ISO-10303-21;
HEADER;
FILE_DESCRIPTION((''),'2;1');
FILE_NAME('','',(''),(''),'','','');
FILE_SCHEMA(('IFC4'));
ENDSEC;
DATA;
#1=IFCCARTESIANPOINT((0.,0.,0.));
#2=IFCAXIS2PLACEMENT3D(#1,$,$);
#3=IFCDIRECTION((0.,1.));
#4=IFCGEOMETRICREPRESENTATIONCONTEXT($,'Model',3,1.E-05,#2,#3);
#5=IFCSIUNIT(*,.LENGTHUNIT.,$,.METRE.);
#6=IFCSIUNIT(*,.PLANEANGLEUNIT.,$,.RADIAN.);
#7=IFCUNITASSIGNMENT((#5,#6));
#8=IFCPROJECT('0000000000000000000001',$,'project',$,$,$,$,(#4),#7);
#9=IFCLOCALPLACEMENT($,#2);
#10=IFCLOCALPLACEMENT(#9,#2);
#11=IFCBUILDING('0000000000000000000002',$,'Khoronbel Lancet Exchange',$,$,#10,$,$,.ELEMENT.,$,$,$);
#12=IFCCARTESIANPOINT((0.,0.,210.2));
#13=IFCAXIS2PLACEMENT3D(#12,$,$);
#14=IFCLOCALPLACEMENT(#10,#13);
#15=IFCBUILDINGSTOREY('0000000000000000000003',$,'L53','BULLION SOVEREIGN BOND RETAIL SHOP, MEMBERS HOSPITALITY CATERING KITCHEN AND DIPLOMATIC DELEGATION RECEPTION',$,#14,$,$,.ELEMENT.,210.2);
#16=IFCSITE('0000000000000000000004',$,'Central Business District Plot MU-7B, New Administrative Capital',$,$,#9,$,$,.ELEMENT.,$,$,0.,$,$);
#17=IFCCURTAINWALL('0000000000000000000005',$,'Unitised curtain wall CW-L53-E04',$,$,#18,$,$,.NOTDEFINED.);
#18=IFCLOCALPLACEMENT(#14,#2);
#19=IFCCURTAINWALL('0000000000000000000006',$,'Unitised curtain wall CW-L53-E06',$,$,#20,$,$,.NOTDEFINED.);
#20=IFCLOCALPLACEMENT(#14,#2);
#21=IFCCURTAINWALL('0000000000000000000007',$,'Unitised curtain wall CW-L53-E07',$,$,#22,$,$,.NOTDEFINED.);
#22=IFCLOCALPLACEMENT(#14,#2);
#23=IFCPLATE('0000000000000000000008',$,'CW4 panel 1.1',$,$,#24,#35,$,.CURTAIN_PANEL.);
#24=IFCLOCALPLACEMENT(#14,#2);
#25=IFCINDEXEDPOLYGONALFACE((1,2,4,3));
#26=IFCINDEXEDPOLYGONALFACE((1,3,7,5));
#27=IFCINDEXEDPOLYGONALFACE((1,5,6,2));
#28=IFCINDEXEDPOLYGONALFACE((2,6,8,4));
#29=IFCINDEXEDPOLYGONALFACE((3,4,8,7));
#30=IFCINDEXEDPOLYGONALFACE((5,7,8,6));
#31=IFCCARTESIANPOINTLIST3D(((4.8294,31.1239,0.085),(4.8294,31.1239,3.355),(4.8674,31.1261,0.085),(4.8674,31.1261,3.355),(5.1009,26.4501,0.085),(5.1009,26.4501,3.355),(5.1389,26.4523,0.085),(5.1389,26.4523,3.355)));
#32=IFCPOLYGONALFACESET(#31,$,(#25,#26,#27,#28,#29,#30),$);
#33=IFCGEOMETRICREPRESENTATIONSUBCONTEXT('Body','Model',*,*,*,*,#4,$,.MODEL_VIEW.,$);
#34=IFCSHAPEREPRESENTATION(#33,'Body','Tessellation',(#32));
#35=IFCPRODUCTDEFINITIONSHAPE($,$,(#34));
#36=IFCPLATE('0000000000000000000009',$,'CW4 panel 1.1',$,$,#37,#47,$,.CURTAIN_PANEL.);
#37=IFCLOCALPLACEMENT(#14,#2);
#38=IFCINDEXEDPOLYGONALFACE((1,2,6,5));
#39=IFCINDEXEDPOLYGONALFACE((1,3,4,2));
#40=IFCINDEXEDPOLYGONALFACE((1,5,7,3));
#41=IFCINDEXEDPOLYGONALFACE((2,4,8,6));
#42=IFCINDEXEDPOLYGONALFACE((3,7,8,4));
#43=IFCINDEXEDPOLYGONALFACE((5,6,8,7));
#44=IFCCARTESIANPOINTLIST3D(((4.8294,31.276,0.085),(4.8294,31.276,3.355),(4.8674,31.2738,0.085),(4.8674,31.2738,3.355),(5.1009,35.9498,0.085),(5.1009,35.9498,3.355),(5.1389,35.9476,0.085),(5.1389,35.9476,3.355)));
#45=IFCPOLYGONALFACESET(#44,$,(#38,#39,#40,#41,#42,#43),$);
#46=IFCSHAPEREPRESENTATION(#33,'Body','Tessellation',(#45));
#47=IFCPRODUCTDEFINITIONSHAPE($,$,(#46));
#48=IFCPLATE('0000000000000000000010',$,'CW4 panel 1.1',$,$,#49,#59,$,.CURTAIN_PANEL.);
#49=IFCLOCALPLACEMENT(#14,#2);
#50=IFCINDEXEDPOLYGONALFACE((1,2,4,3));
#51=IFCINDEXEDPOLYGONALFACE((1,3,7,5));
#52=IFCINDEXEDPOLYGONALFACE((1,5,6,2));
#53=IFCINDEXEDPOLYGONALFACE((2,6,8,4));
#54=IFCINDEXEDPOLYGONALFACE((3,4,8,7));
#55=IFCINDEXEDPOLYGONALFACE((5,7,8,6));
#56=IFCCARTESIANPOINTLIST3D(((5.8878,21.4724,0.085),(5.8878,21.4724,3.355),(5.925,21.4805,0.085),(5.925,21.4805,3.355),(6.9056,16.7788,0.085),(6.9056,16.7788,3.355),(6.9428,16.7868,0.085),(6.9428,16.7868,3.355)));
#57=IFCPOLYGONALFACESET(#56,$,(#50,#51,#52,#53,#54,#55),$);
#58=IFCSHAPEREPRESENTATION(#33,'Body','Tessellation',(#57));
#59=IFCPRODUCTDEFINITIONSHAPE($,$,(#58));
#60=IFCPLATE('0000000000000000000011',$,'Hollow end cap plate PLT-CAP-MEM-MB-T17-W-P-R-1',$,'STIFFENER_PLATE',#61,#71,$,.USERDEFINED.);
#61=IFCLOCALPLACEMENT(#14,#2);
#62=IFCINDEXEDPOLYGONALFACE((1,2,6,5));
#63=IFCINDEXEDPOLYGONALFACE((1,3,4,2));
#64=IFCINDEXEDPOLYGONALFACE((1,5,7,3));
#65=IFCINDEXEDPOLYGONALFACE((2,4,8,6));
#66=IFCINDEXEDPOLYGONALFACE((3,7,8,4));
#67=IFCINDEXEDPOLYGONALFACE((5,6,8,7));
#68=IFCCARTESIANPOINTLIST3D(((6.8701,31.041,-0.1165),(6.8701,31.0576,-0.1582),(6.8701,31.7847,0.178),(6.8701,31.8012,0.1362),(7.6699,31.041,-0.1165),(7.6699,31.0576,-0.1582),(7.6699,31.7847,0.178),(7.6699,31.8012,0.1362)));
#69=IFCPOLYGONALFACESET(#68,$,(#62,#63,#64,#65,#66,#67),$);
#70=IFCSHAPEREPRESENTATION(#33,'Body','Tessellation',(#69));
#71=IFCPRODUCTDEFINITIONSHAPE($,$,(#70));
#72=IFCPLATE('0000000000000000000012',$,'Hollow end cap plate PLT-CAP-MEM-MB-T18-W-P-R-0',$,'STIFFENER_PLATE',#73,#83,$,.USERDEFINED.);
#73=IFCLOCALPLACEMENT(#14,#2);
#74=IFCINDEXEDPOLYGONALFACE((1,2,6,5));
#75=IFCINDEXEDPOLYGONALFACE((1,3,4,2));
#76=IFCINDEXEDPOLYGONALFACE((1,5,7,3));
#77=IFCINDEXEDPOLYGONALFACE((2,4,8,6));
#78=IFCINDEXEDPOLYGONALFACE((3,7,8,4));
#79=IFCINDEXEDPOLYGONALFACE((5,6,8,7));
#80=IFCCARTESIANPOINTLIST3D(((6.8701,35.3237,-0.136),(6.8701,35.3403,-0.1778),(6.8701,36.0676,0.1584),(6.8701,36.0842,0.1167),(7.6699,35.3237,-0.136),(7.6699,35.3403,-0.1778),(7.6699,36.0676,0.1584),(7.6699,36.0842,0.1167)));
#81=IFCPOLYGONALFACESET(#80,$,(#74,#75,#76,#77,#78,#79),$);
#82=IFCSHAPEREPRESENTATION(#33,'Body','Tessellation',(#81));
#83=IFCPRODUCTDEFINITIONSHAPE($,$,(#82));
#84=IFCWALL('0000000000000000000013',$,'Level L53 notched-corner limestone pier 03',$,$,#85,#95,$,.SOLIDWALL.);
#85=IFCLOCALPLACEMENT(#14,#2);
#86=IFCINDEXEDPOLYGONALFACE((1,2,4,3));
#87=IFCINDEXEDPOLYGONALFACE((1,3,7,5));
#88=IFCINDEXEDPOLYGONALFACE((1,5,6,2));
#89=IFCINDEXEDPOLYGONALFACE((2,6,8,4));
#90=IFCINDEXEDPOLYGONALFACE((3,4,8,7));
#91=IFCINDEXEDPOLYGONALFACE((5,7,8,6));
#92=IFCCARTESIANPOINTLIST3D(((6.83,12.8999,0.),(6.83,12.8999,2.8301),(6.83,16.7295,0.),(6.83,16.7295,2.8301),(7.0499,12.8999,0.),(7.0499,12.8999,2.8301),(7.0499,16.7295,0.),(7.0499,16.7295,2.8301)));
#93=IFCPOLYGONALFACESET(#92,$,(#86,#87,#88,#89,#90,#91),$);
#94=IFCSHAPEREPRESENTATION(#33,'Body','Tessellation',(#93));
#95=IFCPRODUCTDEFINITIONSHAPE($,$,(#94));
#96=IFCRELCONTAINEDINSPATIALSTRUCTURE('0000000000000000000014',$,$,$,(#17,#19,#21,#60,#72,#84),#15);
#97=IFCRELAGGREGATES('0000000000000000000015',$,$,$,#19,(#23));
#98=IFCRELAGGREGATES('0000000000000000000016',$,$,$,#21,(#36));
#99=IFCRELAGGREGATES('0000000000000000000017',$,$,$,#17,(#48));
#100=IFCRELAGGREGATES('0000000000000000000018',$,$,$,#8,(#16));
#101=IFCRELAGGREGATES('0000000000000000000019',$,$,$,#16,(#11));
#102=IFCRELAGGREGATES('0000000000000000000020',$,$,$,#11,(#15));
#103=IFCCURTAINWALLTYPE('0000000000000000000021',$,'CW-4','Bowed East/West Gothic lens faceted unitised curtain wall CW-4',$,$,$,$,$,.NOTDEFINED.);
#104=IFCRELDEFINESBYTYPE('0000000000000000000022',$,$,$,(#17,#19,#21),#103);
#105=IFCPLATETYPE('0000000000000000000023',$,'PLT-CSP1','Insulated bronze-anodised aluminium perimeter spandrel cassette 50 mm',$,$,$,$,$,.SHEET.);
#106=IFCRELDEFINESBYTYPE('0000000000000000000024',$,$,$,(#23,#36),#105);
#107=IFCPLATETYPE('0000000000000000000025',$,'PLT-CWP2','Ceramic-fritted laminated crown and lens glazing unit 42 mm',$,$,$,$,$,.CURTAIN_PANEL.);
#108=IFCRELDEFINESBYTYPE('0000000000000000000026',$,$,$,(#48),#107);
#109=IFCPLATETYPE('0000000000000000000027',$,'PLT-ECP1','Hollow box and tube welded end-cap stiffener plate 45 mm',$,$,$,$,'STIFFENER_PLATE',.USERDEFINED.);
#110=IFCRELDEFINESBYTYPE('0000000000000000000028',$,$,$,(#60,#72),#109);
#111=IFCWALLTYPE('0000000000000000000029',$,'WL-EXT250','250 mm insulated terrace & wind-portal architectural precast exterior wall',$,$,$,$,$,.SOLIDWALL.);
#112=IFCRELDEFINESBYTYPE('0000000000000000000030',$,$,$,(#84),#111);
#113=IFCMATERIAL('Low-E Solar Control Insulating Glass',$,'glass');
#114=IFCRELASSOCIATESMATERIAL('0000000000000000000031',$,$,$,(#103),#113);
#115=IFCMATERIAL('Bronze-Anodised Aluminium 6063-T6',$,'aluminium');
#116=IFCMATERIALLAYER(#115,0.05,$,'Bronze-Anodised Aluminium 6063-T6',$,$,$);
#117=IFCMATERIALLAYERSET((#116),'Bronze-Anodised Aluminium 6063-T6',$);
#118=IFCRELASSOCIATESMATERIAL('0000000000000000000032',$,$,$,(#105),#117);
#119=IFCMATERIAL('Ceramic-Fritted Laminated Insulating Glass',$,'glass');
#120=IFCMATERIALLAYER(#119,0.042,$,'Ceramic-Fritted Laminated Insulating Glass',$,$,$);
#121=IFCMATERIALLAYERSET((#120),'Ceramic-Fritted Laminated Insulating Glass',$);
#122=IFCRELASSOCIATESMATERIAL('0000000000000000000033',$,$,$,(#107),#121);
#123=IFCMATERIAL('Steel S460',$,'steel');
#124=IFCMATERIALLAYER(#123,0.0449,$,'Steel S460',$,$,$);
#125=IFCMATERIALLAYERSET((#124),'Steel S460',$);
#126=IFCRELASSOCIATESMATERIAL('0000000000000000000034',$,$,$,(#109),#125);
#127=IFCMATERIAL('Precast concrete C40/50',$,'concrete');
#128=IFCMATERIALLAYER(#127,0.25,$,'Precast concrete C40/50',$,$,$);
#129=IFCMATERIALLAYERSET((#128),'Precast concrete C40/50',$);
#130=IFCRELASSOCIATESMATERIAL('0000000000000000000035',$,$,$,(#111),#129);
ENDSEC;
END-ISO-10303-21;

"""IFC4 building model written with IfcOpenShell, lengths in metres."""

from ifc_helpers import new_model, si_unit, direction, frame, frame_2d, origin, origin_2d, place, context, subcontext, project, spatial, polyline, rectangle, outline, extrude, material, layer, layer_set, type_object, element, aggregate, save


model = new_model("IFC4")

# Units and contexts
model_context = context("Model", 3, precision=1e-05, world=origin(), true_north=direction((0.0, 1.0)))
body_context = subcontext(model_context, "Body", "Model", "MODEL_VIEW")
ifc_project = project(units=[si_unit("LENGTHUNIT", "METRE"), si_unit("PLANEANGLEUNIT", "RADIAN")], contexts=[model_context])

# Site, building, storey
site_placement = place(None, origin())
site = spatial("IfcSite", under=ifc_project, at=site_placement, Name="Central Business District Plot MU-7B, New Administrative Capital", CompositionType="ELEMENT", RefElevation=0.0)
building_placement = place(site_placement, origin())
building = spatial("IfcBuilding", under=site, at=building_placement, Name="Khoronbel Lancet Exchange", CompositionType="ELEMENT")
storey_placement = place(building_placement, frame((0.0, 0.0, 210.2)))
storey = spatial("IfcBuildingStorey", under=building, at=storey_placement, Name="L53", Description="BULLION SOVEREIGN BOND RETAIL SHOP, MEMBERS HOSPITALITY CATERING KITCHEN AND DIPLOMATIC DELEGATION RECEPTION", CompositionType="ELEMENT", Elevation=210.2)

# Curtain walls
ifc_material_1 = material(Name="Low-E Solar Control Insulating Glass", Category="glass")
curtain_wall_type = type_object("IfcCurtainWallType", Name="CW-4", Description="Bowed East/West Gothic lens faceted unitised curtain wall CW-4", PredefinedType="NOTDEFINED", material=ifc_material_1)
curtain_wall_1_placement = place(storey_placement, origin())
curtain_wall_1 = element("IfcCurtainWall", 1, at=curtain_wall_1_placement, inside=storey, type_object=curtain_wall_type, Name="Unitised curtain wall CW-L53-E04", PredefinedType="NOTDEFINED")
ifc_material_2 = material(Name="Bronze-Anodised Aluminium 6063-T6", Category="aluminium")
curtain_wall_2_placement = place(storey_placement, origin())
curtain_wall_2 = element("IfcCurtainWall", 2, at=curtain_wall_2_placement, inside=storey, type_object=curtain_wall_type, Name="Unitised curtain wall CW-L53-E06", PredefinedType="NOTDEFINED")

# Curtain wall
curtain_wall_3_placement = place(storey_placement, origin())
curtain_wall_3 = element("IfcCurtainWall", 3, at=curtain_wall_3_placement, inside=storey, type_object=curtain_wall_type, Name="Unitised curtain wall CW-L53-E07", PredefinedType="NOTDEFINED")

# Plates
ifc_layer_1 = layer(ifc_material_2, 0.05, Name="Bronze-Anodised Aluminium 6063-T6")
ifc_layer_set_1 = layer_set([ifc_layer_1], Name="Bronze-Anodised Aluminium 6063-T6")
plate_type_1 = type_object("IfcPlateType", Name="PLT-CSP1", Description="Insulated bronze-anodised aluminium perimeter spandrel cassette 50 mm", PredefinedType="SHEET", material=ifc_layer_set_1)
plate_1_placement = place(storey_placement, frame((4.9841, 28.7881, 0.085), z_axis=(0.0, 0.0, 1.0), x_axis=(-0.057992, 0.998317, 0.0)))
plate_1 = element("IfcPlate", 4, at=plate_1_placement, type_object=plate_type_1, Name="CW4 panel 1.1", PredefinedType="CURTAIN_PANEL", context=body_context, shape_type="SweptSolid", body=[
    extrude(rectangle(XDim=4.6816, YDim=0.0381, at=origin_2d()), origin(), (0.0, 0.0, 1.0), 3.27),
])
aggregate(curtain_wall_2, [plate_1])
plate_2_placement = place(storey_placement, frame((4.9841, 33.6118, 0.085), z_axis=(0.0, 0.0, 1.0), x_axis=(0.057992, 0.998317, 0.0)))
plate_2 = element("IfcPlate", 5, at=plate_2_placement, type_object=plate_type_1, Name="CW4 panel 1.1", PredefinedType="CURTAIN_PANEL", context=body_context, shape_type="SweptSolid", body=[
    extrude(rectangle(XDim=4.6816, YDim=0.0381, at=origin_2d()), origin(), (0.0, 0.0, 1.0), 3.27),
])
aggregate(curtain_wall_3, [plate_2])
ifc_material_3 = material(Name="Ceramic-Fritted Laminated Insulating Glass", Category="glass")
ifc_layer_2 = layer(ifc_material_3, 0.042, Name="Ceramic-Fritted Laminated Insulating Glass")
ifc_layer_set_2 = layer_set([ifc_layer_2], Name="Ceramic-Fritted Laminated Insulating Glass")
plate_type_2 = type_object("IfcPlateType", Name="PLT-CWP2", Description="Ceramic-fritted laminated crown and lens glazing unit 42 mm", PredefinedType="CURTAIN_PANEL", material=ifc_layer_set_2)
plate_3_placement = place(storey_placement, frame((6.4153, 19.1296, 0.085), z_axis=(0.0, 0.0, 1.0), x_axis=(-0.211921, 0.977287, 0.0)))
plate_3 = element("IfcPlate", 6, at=plate_3_placement, type_object=plate_type_2, Name="CW4 panel 1.1", PredefinedType="CURTAIN_PANEL", context=body_context, shape_type="SweptSolid", body=[
    extrude(rectangle(XDim=4.8027, YDim=0.0381, at=origin_2d()), origin(), (0.0, 0.0, 1.0), 3.27),
])
aggregate(curtain_wall_1, [plate_3])

# Plates
ifc_material_4 = material(Name="Steel S460", Category="steel")
ifc_layer_3 = layer(ifc_material_4, 0.0449, Name="Steel S460")
ifc_layer_set_3 = layer_set([ifc_layer_3], Name="Steel S460")
plate_type_3 = type_object("IfcPlateType", Name="PLT-ECP1", Description="Hollow box and tube welded end-cap stiffener plate 45 mm", ElementType="STIFFENER_PLATE", PredefinedType="USERDEFINED", material=ifc_layer_set_3)
plate_4_placement = place(storey_placement, frame((6.8701, 31.041, -0.1165), z_axis=(0.0, -0.368125, 0.929776), x_axis=(1.0, 0.0, 0.0)))
element("IfcPlate", 7, at=plate_4_placement, inside=storey, type_object=plate_type_3, Name="Hollow end cap plate PLT-CAP-MEM-MB-T17-W-P-R-1", ObjectType="STIFFENER_PLATE", PredefinedType="USERDEFINED", context=body_context, shape_type="SweptSolid", body=[
    extrude(outline(polyline([(0.0, 0.0), (0.7998, 0.0), (0.7998, 0.7998), (0.0, 0.7998), (0.0, 0.0)])), origin(), (0.0, 0.0, -1.0), 0.0449),
])
plate_5_placement = place(storey_placement, frame((6.8701, 35.3237, -0.136), z_axis=(0.0, -0.368021, 0.929817), x_axis=(1.0, 0.0, 0.0)))
element("IfcPlate", 8, at=plate_5_placement, inside=storey, type_object=plate_type_3, Name="Hollow end cap plate PLT-CAP-MEM-MB-T18-W-P-R-0", ObjectType="STIFFENER_PLATE", PredefinedType="USERDEFINED", context=body_context, shape_type="SweptSolid", body=[
    extrude(outline(polyline([(0.0, 0.0), (0.7998, 0.0), (0.7998, 0.8), (0.0, 0.8), (0.0, 0.0)])), origin(), (0.0, 0.0, -1.0), 0.0449),
])

# Wall
ifc_material_5 = material(Name="Precast concrete C40/50", Category="concrete")
ifc_layer_4 = layer(ifc_material_5, 0.25, Name="Precast concrete C40/50")
ifc_layer_set_4 = layer_set([ifc_layer_4], Name="Precast concrete C40/50")
wall_type = type_object("IfcWallType", Name="WL-EXT250", Description="250 mm insulated terrace & wind-portal architectural precast exterior wall", PredefinedType="SOLIDWALL", material=ifc_layer_set_4)
wall_placement = place(storey_placement, frame((6.9399, 12.8999, 0.0), z_axis=(0.0, 0.0, 1.0), x_axis=(0.0, 1.0, 0.0)))
element("IfcWall", 9, at=wall_placement, inside=storey, type_object=wall_type, Name="Level L53 notched-corner limestone pier 03", PredefinedType="SOLIDWALL", context=body_context, shape_type="SweptSolid", body=[
    extrude(rectangle(XDim=3.8296, YDim=0.22, at=frame_2d((1.9148, 0.0))), origin(), (0.0, 0.0, 1.0), 2.8301),
])

save(model, "model.ifc")
